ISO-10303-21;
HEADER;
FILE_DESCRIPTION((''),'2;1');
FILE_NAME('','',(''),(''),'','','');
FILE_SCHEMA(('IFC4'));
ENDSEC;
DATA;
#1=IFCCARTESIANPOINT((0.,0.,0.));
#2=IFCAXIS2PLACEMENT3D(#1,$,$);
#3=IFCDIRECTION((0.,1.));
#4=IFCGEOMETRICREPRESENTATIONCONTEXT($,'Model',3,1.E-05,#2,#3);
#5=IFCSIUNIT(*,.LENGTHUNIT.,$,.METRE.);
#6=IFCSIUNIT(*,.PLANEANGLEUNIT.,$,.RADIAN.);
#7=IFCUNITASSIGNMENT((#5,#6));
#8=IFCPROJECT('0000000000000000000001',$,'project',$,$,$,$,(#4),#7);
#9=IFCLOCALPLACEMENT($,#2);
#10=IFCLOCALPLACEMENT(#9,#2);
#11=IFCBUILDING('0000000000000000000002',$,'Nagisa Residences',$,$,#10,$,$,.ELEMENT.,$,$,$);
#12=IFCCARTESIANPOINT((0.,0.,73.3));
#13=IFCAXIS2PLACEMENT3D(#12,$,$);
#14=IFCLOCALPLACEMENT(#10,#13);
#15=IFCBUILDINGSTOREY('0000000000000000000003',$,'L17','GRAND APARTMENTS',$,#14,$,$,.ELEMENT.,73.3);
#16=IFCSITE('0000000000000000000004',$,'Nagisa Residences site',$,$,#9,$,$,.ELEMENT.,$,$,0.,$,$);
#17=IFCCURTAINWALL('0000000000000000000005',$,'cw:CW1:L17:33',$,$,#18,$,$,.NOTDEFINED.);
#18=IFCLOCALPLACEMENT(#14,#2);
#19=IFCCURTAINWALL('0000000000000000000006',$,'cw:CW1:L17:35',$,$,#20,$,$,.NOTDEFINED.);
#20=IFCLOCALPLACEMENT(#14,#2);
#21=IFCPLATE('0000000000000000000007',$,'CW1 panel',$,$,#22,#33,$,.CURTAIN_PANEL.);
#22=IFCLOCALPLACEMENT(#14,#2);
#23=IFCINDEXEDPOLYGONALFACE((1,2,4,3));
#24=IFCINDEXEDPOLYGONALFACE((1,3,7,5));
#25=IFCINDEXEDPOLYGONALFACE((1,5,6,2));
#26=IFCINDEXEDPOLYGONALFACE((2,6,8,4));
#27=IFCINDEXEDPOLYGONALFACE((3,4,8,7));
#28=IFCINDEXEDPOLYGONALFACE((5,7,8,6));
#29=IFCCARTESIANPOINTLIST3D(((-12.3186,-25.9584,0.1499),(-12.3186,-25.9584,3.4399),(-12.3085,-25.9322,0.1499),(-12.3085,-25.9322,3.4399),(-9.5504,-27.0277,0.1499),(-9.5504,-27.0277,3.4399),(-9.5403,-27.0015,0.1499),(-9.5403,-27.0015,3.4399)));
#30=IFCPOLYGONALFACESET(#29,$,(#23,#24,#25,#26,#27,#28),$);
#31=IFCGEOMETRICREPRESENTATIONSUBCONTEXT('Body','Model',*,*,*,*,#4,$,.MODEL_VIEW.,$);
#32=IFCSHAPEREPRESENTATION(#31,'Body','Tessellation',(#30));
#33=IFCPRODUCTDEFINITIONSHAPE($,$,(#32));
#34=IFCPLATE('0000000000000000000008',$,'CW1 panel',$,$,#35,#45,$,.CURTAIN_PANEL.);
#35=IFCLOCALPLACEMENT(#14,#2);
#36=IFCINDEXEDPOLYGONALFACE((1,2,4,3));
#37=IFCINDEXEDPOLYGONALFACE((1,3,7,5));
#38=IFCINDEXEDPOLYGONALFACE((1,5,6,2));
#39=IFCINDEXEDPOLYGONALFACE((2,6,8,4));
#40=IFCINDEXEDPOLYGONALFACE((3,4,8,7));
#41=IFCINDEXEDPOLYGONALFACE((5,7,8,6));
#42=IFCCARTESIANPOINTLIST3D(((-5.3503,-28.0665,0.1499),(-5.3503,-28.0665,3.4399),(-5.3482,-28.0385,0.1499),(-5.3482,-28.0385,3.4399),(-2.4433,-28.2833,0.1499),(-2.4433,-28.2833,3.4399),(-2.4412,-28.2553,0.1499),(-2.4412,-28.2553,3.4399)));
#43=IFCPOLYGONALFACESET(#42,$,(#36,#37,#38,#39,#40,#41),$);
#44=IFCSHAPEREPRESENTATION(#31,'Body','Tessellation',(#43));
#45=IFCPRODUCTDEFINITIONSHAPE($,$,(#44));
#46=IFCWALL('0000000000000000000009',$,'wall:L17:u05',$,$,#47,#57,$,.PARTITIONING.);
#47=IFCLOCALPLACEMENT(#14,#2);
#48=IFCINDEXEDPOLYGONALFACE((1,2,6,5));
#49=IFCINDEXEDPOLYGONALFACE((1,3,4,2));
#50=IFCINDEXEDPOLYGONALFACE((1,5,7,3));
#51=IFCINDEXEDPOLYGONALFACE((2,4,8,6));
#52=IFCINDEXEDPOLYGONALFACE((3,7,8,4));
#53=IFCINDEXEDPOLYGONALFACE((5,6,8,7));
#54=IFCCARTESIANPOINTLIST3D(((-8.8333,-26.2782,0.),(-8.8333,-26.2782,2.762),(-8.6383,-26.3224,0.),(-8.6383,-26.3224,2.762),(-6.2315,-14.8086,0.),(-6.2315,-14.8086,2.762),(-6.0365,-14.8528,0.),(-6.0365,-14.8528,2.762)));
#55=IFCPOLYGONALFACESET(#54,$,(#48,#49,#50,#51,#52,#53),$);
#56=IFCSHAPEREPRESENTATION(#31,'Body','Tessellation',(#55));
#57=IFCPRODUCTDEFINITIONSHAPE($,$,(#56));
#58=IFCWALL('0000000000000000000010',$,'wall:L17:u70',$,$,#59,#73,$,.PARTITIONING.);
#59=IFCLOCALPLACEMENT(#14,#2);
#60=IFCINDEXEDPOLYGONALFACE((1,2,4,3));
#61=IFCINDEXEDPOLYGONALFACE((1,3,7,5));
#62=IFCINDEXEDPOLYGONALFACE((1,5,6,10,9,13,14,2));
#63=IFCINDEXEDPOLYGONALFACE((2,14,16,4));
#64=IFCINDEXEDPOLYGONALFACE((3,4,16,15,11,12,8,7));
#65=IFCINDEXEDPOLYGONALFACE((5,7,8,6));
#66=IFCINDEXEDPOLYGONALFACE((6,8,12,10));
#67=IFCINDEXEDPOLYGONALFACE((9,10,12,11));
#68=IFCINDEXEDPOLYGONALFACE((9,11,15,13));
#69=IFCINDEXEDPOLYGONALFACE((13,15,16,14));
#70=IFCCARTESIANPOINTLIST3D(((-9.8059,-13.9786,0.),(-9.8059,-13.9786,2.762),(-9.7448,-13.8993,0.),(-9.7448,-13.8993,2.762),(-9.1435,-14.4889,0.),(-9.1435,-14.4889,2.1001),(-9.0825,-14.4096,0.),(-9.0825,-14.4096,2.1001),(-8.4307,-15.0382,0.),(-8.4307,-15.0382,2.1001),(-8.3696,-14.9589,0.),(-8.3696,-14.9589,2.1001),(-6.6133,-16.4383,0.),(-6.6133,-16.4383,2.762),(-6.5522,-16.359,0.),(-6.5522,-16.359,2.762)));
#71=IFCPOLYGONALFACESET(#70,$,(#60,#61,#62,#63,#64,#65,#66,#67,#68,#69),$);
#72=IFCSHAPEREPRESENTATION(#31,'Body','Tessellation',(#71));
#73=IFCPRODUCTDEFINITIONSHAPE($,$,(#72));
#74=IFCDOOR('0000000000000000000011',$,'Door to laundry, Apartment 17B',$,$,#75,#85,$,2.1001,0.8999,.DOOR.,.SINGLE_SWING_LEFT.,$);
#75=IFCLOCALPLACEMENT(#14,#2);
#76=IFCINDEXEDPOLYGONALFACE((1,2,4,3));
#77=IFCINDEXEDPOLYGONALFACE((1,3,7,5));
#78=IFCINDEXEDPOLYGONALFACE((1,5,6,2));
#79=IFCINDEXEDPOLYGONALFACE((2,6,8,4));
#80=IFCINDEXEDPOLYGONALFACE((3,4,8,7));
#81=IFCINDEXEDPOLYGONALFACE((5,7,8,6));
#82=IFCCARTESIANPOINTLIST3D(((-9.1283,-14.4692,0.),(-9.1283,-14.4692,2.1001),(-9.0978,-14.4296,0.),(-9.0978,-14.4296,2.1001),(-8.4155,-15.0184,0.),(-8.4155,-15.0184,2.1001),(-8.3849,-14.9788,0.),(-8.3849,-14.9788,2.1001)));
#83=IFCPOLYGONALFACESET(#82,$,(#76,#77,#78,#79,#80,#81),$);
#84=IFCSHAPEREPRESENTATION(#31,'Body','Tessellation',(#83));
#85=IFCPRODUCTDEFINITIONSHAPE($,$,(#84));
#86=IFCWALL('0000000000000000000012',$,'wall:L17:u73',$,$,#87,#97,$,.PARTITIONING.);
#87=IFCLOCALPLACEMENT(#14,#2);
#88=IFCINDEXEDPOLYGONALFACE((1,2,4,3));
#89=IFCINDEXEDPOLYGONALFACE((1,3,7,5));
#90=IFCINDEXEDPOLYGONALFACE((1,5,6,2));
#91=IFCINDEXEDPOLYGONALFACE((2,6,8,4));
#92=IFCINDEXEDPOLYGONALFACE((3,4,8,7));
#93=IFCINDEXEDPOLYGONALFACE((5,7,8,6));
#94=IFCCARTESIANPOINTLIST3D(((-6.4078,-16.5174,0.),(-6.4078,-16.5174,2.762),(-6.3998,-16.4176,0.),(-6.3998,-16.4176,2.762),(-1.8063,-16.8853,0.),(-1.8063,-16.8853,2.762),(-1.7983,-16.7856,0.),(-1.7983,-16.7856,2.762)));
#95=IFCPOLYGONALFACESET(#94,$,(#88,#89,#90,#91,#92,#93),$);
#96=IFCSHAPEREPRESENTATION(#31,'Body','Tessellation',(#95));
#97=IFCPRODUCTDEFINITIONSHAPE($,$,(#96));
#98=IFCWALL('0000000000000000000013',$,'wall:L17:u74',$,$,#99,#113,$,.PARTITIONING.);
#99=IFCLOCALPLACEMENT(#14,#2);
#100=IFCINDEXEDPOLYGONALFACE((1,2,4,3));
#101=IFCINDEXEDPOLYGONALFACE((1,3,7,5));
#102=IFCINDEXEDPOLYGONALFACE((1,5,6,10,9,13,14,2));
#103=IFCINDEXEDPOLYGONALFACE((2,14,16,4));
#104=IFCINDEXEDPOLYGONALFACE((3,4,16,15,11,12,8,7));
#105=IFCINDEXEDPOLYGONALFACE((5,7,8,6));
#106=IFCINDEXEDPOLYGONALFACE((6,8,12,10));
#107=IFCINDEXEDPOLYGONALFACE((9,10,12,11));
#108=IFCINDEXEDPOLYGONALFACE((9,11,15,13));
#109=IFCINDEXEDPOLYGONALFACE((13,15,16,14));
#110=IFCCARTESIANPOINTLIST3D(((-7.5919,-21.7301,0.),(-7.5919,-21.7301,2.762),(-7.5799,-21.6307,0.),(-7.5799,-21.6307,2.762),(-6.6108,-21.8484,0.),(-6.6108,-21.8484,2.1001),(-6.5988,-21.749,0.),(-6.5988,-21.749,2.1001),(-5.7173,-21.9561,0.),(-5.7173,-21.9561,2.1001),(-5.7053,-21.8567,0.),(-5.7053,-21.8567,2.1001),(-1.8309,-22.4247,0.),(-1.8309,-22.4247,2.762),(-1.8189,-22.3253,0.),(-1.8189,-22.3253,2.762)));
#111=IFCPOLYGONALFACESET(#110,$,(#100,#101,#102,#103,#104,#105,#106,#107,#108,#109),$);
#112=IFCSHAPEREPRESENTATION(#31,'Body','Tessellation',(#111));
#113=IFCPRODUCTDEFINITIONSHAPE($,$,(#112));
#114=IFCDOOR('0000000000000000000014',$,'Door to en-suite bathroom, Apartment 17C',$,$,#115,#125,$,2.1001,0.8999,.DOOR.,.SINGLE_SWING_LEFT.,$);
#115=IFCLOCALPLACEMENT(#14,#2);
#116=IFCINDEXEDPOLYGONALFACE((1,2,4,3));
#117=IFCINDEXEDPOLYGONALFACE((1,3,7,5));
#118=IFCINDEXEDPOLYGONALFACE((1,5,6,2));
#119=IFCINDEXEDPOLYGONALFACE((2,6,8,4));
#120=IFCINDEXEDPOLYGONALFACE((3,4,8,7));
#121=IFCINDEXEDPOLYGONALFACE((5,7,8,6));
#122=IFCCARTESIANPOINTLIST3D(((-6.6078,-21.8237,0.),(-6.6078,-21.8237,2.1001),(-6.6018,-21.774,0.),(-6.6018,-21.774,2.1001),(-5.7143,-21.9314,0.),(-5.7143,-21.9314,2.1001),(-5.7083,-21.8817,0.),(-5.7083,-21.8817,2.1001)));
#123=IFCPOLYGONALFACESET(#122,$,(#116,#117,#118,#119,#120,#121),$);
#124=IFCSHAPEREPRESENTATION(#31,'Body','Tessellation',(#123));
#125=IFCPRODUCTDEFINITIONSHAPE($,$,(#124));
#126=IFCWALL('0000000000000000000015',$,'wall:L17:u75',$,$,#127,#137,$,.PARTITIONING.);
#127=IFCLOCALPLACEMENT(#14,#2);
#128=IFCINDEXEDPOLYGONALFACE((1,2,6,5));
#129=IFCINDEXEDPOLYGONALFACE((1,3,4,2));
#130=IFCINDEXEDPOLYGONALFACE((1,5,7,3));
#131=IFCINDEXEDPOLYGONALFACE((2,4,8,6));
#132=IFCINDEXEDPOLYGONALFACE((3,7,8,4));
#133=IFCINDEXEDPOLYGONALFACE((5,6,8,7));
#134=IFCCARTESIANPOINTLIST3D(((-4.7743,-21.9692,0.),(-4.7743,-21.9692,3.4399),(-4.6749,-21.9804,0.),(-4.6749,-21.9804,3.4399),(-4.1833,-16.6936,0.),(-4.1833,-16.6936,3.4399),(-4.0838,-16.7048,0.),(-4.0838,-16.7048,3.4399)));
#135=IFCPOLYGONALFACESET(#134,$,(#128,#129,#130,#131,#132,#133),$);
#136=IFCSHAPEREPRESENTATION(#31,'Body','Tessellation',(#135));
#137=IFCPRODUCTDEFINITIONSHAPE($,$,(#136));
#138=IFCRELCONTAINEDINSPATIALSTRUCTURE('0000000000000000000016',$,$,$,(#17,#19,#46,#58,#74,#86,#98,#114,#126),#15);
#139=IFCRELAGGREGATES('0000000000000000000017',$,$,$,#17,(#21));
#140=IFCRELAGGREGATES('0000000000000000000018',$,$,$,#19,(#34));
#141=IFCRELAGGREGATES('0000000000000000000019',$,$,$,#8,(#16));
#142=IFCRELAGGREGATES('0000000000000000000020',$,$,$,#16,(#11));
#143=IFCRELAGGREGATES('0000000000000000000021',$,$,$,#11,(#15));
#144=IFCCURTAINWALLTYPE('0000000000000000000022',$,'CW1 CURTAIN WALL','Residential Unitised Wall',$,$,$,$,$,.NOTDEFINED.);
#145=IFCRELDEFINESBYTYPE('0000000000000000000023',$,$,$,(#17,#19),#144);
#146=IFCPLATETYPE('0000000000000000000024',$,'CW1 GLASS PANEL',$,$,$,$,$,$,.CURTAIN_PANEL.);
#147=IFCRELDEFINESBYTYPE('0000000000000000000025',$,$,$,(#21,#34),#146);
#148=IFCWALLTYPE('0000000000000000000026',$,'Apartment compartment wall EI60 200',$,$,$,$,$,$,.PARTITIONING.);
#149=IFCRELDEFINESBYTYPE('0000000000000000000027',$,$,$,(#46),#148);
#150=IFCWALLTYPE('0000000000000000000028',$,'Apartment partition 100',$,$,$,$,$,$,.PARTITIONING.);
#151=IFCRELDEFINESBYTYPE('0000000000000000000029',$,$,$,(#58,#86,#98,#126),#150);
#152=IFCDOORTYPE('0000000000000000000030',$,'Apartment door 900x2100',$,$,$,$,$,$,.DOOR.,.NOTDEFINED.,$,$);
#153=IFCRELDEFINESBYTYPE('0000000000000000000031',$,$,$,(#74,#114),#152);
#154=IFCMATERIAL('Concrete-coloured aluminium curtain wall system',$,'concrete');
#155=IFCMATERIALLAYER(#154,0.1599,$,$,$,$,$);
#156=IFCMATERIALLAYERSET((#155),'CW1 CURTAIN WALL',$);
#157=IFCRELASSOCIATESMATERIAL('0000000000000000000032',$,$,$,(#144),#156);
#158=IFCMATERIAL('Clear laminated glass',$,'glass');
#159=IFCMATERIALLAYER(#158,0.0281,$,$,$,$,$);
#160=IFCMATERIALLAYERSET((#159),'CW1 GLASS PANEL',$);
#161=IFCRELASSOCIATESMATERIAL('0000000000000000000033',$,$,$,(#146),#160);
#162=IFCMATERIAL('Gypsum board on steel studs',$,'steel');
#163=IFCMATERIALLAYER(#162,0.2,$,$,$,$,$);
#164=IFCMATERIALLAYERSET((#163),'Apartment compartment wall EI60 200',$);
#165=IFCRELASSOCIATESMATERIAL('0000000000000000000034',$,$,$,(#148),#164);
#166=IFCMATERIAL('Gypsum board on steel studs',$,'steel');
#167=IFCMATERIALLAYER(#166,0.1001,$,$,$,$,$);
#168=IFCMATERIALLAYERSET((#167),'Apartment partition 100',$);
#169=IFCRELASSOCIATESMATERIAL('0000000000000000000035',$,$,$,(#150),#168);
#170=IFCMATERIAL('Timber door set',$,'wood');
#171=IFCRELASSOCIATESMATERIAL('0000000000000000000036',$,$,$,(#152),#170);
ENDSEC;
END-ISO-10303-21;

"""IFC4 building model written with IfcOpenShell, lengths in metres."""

from ifc_helpers import new_model, si_unit, direction, frame, frame_2d, origin, origin_2d, place, context, subcontext, project, spatial, rectangle, extrude, material, layer, layer_set, type_object, element, fill, aggregate, save


model = new_model("IFC4")

# Units and contexts
model_context = context("Model", 3, precision=1e-05, world=origin(), true_north=direction((0.0, 1.0)))
body_context = subcontext(model_context, "Body", "Model", "MODEL_VIEW")
ifc_project = project(units=[si_unit("LENGTHUNIT", "METRE"), si_unit("PLANEANGLEUNIT", "RADIAN")], contexts=[model_context])

# Site, building, storey
site_placement = place(None, origin())
site = spatial("IfcSite", under=ifc_project, at=site_placement, Name="Nagisa Residences site", CompositionType="ELEMENT", RefElevation=0.0)
building_placement = place(site_placement, origin())
building = spatial("IfcBuilding", under=site, at=building_placement, Name="Nagisa Residences", CompositionType="ELEMENT")
storey_placement = place(building_placement, frame((0.0, 0.0, 73.3)))
storey = spatial("IfcBuildingStorey", under=building, at=storey_placement, Name="L17", Description="GRAND APARTMENTS", CompositionType="ELEMENT", Elevation=73.3)

# Curtain walls
ifc_material_1 = material(Name="Concrete-coloured aluminium curtain wall system", Category="concrete")
ifc_layer_1 = layer(ifc_material_1, 0.1599)
ifc_layer_set_1 = layer_set([ifc_layer_1], Name="CW1 CURTAIN WALL")
curtain_wall_type = type_object("IfcCurtainWallType", Name="CW1 CURTAIN WALL", Description="Residential Unitised Wall", PredefinedType="NOTDEFINED", material=ifc_layer_set_1)
curtain_wall_1_placement = place(storey_placement, origin())
curtain_wall_1 = element("IfcCurtainWall", 1, at=curtain_wall_1_placement, inside=storey, type_object=curtain_wall_type, Name="cw:CW1:L17:33", PredefinedType="NOTDEFINED")
curtain_wall_2_placement = place(storey_placement, origin())
curtain_wall_2 = element("IfcCurtainWall", 2, at=curtain_wall_2_placement, inside=storey, type_object=curtain_wall_type, Name="cw:CW1:L17:35", PredefinedType="NOTDEFINED")

# Plates
ifc_material_2 = material(Name="Clear laminated glass", Category="glass")
ifc_layer_2 = layer(ifc_material_2, 0.0281)
ifc_layer_set_2 = layer_set([ifc_layer_2], Name="CW1 GLASS PANEL")
plate_type = type_object("IfcPlateType", Name="CW1 GLASS PANEL", PredefinedType="CURTAIN_PANEL", material=ifc_layer_set_2)
plate_1_placement = place(storey_placement, frame((-10.9294, -26.48, 0.1499), z_axis=(0.0, 0.0, 1.0), x_axis=(0.932826, -0.360328, 0.0)))
plate_1 = element("IfcPlate", 3, at=plate_1_placement, type_object=plate_type, Name="CW1 panel", PredefinedType="CURTAIN_PANEL", context=body_context, shape_type="SweptSolid", body=[
    extrude(rectangle(XDim=2.9675, YDim=0.0281, at=origin_2d()), origin(), (0.0, 0.0, 1.0), 3.29),
])
aggregate(curtain_wall_1, [plate_1])
plate_2_placement = place(storey_placement, frame((-3.8958, -28.1609, 0.1499), z_axis=(0.0, 0.0, 1.0), x_axis=(0.99723, -0.074377, 0.0)))
plate_2 = element("IfcPlate", 4, at=plate_2_placement, type_object=plate_type, Name="CW1 panel", PredefinedType="CURTAIN_PANEL", context=body_context, shape_type="SweptSolid", body=[
    extrude(rectangle(XDim=2.915, YDim=0.0281, at=origin_2d()), origin(), (0.0, 0.0, 1.0), 3.29),
])
aggregate(curtain_wall_2, [plate_2])

# Wall
ifc_material_3 = material(Name="Gypsum board on steel studs", Category="steel")
ifc_layer_3 = layer(ifc_material_3, 0.2)
ifc_layer_set_3 = layer_set([ifc_layer_3], Name="Apartment compartment wall EI60 200")
wall_type_1 = type_object("IfcWallType", Name="Apartment compartment wall EI60 200", PredefinedType="PARTITIONING", material=ifc_layer_set_3)
wall_1_placement = place(storey_placement, frame((-6.134, -14.8308, 0.0), z_axis=(0.0, 0.0, 1.0), x_axis=(-0.221225, -0.975223, 0.0)))
element("IfcWall", 5, at=wall_1_placement, inside=storey, type_object=wall_type_1, Name="wall:L17:u05", PredefinedType="PARTITIONING", context=body_context, shape_type="SweptSolid", body=[
    extrude(rectangle(XDim=11.761, YDim=0.2, at=frame_2d((5.8804, 0.0))), origin(), (0.0, 0.0, 1.0), 2.762),
])

# Wall, opening, door
ifc_material_4 = material(Name="Gypsum board on steel studs", Category="steel")
ifc_layer_4 = layer(ifc_material_4, 0.1001)
ifc_layer_set_4 = layer_set([ifc_layer_4], Name="Apartment partition 100")
wall_type_2 = type_object("IfcWallType", Name="Apartment partition 100", PredefinedType="PARTITIONING", material=ifc_layer_set_4)
wall_2_placement = place(storey_placement, frame((-9.7754, -13.939, 0.0), z_axis=(0.0, 0.0, 1.0), x_axis=(0.792162, -0.610311, 0.0)))
wall_2 = element("IfcWall", 6, at=wall_2_placement, inside=storey, type_object=wall_type_2, Name="wall:L17:u70", PredefinedType="PARTITIONING", context=body_context, shape_type="SweptSolid", body=[
    extrude(rectangle(XDim=4.0303, YDim=0.1001, at=frame_2d((2.0151, 0.0))), origin(), (0.0, 0.0, 1.0), 2.762),
])
opening_1_placement = place(wall_2_placement, frame((0.8362, 0.0, 0.0)))
opening_1 = element("IfcOpeningElement", 7, at=opening_1_placement, cuts=wall_2, PredefinedType="OPENING", context=body_context, shape_type="SweptSolid", body=[
    extrude(rectangle(XDim=0.8999, YDim=2.1001, at=frame_2d((0.45, 1.05))), frame((0.0, 0.0601, 0.0), z_axis=(0.0, -1.0, 0.0), x_axis=(1.0, 0.0, 0.0)), (0.0, 0.0, 1.0), 0.1201),
])
ifc_material_5 = material(Name="Timber door set", Category="wood")
door_type_1 = type_object("IfcDoorType", Name="Apartment door 900x2100", OperationType="NOTDEFINED", PredefinedType="DOOR", material=ifc_material_5)
door_1_placement = place(opening_1_placement, origin())
door_1 = element("IfcDoor", 8, at=door_1_placement, inside=storey, type_object=door_type_1, Name="Door to laundry, Apartment 17B", OperationType="SINGLE_SWING_LEFT", OverallHeight=2.1001, OverallWidth=0.8999, PredefinedType="DOOR", context=body_context, shape_type="SweptSolid", body=[
    extrude(rectangle(XDim=0.8999, YDim=2.1001, at=frame_2d((0.45, 1.05))), frame((0.0, 0.0249, 0.0), z_axis=(0.0, -1.0, 0.0), x_axis=(1.0, 0.0, 0.0)), (0.0, 0.0, 1.0), 0.05),
])
fill(opening_1, door_1)

# Wall
wall_3_placement = place(storey_placement, frame((-6.4038, -16.4675, 0.0), z_axis=(0.0, 0.0, 1.0), x_axis=(0.996819, -0.079701, 0.0)))
element("IfcWall", 9, at=wall_3_placement, inside=storey, type_object=wall_type_2, Name="wall:L17:u73", PredefinedType="PARTITIONING", context=body_context, shape_type="SweptSolid", body=[
    extrude(rectangle(XDim=4.6162, YDim=0.1001, at=frame_2d((2.3081, 0.0))), origin(), (0.0, 0.0, 1.0), 2.762),
])

# Wall, opening, door
wall_4_placement = place(storey_placement, frame((-7.5859, -21.6804, 0.0), z_axis=(0.0, 0.0, 1.0), x_axis=(0.99281, -0.119699, 0.0)))
wall_4 = element("IfcWall", 10, at=wall_4_placement, inside=storey, type_object=wall_type_2, Name="wall:L17:u74", PredefinedType="PARTITIONING", context=body_context, shape_type="SweptSolid", body=[
    extrude(rectangle(XDim=5.8027, YDim=0.1001, at=frame_2d((2.9014, 0.0))), origin(), (0.0, 0.0, 1.0), 2.762),
])
opening_2_placement = place(wall_4_placement, frame((0.9883, 0.0, 0.0)))
opening_2 = element("IfcOpeningElement", 11, at=opening_2_placement, cuts=wall_4, PredefinedType="OPENING", context=body_context, shape_type="SweptSolid", body=[
    extrude(rectangle(XDim=0.8999, YDim=2.1001, at=frame_2d((0.45, 1.05))), frame((0.0, 0.0601, 0.0), z_axis=(0.0, -1.0, 0.0), x_axis=(1.0, 0.0, 0.0)), (0.0, 0.0, 1.0), 0.1201),
])
door_2_placement = place(opening_2_placement, origin())
door_2 = element("IfcDoor", 12, at=door_2_placement, inside=storey, type_object=door_type_1, Name="Door to en-suite bathroom, Apartment 17C", OperationType="SINGLE_SWING_LEFT", OverallHeight=2.1001, OverallWidth=0.8999, PredefinedType="DOOR", context=body_context, shape_type="SweptSolid", body=[
    extrude(rectangle(XDim=0.8999, YDim=2.1001, at=frame_2d((0.45, 1.05))), frame((0.0, 0.0249, 0.0), z_axis=(0.0, -1.0, 0.0), x_axis=(1.0, 0.0, 0.0)), (0.0, 0.0, 1.0), 0.05),
])
fill(opening_2, door_2)

# Wall
wall_5_placement = place(storey_placement, frame((-4.1335, -16.6992, 0.0), z_axis=(0.0, 0.0, 1.0), x_axis=(-0.11134, -0.993782, 0.0)))
element("IfcWall", 13, at=wall_5_placement, inside=storey, type_object=wall_type_2, Name="wall:L17:u75", PredefinedType="PARTITIONING", context=body_context, shape_type="SweptSolid", body=[
    extrude(rectangle(XDim=5.3086, YDim=0.1001, at=frame_2d((2.6543, 0.0))), origin(), (0.0, 0.0, 1.0), 3.4399),
])

save(model, "model.ifc")
